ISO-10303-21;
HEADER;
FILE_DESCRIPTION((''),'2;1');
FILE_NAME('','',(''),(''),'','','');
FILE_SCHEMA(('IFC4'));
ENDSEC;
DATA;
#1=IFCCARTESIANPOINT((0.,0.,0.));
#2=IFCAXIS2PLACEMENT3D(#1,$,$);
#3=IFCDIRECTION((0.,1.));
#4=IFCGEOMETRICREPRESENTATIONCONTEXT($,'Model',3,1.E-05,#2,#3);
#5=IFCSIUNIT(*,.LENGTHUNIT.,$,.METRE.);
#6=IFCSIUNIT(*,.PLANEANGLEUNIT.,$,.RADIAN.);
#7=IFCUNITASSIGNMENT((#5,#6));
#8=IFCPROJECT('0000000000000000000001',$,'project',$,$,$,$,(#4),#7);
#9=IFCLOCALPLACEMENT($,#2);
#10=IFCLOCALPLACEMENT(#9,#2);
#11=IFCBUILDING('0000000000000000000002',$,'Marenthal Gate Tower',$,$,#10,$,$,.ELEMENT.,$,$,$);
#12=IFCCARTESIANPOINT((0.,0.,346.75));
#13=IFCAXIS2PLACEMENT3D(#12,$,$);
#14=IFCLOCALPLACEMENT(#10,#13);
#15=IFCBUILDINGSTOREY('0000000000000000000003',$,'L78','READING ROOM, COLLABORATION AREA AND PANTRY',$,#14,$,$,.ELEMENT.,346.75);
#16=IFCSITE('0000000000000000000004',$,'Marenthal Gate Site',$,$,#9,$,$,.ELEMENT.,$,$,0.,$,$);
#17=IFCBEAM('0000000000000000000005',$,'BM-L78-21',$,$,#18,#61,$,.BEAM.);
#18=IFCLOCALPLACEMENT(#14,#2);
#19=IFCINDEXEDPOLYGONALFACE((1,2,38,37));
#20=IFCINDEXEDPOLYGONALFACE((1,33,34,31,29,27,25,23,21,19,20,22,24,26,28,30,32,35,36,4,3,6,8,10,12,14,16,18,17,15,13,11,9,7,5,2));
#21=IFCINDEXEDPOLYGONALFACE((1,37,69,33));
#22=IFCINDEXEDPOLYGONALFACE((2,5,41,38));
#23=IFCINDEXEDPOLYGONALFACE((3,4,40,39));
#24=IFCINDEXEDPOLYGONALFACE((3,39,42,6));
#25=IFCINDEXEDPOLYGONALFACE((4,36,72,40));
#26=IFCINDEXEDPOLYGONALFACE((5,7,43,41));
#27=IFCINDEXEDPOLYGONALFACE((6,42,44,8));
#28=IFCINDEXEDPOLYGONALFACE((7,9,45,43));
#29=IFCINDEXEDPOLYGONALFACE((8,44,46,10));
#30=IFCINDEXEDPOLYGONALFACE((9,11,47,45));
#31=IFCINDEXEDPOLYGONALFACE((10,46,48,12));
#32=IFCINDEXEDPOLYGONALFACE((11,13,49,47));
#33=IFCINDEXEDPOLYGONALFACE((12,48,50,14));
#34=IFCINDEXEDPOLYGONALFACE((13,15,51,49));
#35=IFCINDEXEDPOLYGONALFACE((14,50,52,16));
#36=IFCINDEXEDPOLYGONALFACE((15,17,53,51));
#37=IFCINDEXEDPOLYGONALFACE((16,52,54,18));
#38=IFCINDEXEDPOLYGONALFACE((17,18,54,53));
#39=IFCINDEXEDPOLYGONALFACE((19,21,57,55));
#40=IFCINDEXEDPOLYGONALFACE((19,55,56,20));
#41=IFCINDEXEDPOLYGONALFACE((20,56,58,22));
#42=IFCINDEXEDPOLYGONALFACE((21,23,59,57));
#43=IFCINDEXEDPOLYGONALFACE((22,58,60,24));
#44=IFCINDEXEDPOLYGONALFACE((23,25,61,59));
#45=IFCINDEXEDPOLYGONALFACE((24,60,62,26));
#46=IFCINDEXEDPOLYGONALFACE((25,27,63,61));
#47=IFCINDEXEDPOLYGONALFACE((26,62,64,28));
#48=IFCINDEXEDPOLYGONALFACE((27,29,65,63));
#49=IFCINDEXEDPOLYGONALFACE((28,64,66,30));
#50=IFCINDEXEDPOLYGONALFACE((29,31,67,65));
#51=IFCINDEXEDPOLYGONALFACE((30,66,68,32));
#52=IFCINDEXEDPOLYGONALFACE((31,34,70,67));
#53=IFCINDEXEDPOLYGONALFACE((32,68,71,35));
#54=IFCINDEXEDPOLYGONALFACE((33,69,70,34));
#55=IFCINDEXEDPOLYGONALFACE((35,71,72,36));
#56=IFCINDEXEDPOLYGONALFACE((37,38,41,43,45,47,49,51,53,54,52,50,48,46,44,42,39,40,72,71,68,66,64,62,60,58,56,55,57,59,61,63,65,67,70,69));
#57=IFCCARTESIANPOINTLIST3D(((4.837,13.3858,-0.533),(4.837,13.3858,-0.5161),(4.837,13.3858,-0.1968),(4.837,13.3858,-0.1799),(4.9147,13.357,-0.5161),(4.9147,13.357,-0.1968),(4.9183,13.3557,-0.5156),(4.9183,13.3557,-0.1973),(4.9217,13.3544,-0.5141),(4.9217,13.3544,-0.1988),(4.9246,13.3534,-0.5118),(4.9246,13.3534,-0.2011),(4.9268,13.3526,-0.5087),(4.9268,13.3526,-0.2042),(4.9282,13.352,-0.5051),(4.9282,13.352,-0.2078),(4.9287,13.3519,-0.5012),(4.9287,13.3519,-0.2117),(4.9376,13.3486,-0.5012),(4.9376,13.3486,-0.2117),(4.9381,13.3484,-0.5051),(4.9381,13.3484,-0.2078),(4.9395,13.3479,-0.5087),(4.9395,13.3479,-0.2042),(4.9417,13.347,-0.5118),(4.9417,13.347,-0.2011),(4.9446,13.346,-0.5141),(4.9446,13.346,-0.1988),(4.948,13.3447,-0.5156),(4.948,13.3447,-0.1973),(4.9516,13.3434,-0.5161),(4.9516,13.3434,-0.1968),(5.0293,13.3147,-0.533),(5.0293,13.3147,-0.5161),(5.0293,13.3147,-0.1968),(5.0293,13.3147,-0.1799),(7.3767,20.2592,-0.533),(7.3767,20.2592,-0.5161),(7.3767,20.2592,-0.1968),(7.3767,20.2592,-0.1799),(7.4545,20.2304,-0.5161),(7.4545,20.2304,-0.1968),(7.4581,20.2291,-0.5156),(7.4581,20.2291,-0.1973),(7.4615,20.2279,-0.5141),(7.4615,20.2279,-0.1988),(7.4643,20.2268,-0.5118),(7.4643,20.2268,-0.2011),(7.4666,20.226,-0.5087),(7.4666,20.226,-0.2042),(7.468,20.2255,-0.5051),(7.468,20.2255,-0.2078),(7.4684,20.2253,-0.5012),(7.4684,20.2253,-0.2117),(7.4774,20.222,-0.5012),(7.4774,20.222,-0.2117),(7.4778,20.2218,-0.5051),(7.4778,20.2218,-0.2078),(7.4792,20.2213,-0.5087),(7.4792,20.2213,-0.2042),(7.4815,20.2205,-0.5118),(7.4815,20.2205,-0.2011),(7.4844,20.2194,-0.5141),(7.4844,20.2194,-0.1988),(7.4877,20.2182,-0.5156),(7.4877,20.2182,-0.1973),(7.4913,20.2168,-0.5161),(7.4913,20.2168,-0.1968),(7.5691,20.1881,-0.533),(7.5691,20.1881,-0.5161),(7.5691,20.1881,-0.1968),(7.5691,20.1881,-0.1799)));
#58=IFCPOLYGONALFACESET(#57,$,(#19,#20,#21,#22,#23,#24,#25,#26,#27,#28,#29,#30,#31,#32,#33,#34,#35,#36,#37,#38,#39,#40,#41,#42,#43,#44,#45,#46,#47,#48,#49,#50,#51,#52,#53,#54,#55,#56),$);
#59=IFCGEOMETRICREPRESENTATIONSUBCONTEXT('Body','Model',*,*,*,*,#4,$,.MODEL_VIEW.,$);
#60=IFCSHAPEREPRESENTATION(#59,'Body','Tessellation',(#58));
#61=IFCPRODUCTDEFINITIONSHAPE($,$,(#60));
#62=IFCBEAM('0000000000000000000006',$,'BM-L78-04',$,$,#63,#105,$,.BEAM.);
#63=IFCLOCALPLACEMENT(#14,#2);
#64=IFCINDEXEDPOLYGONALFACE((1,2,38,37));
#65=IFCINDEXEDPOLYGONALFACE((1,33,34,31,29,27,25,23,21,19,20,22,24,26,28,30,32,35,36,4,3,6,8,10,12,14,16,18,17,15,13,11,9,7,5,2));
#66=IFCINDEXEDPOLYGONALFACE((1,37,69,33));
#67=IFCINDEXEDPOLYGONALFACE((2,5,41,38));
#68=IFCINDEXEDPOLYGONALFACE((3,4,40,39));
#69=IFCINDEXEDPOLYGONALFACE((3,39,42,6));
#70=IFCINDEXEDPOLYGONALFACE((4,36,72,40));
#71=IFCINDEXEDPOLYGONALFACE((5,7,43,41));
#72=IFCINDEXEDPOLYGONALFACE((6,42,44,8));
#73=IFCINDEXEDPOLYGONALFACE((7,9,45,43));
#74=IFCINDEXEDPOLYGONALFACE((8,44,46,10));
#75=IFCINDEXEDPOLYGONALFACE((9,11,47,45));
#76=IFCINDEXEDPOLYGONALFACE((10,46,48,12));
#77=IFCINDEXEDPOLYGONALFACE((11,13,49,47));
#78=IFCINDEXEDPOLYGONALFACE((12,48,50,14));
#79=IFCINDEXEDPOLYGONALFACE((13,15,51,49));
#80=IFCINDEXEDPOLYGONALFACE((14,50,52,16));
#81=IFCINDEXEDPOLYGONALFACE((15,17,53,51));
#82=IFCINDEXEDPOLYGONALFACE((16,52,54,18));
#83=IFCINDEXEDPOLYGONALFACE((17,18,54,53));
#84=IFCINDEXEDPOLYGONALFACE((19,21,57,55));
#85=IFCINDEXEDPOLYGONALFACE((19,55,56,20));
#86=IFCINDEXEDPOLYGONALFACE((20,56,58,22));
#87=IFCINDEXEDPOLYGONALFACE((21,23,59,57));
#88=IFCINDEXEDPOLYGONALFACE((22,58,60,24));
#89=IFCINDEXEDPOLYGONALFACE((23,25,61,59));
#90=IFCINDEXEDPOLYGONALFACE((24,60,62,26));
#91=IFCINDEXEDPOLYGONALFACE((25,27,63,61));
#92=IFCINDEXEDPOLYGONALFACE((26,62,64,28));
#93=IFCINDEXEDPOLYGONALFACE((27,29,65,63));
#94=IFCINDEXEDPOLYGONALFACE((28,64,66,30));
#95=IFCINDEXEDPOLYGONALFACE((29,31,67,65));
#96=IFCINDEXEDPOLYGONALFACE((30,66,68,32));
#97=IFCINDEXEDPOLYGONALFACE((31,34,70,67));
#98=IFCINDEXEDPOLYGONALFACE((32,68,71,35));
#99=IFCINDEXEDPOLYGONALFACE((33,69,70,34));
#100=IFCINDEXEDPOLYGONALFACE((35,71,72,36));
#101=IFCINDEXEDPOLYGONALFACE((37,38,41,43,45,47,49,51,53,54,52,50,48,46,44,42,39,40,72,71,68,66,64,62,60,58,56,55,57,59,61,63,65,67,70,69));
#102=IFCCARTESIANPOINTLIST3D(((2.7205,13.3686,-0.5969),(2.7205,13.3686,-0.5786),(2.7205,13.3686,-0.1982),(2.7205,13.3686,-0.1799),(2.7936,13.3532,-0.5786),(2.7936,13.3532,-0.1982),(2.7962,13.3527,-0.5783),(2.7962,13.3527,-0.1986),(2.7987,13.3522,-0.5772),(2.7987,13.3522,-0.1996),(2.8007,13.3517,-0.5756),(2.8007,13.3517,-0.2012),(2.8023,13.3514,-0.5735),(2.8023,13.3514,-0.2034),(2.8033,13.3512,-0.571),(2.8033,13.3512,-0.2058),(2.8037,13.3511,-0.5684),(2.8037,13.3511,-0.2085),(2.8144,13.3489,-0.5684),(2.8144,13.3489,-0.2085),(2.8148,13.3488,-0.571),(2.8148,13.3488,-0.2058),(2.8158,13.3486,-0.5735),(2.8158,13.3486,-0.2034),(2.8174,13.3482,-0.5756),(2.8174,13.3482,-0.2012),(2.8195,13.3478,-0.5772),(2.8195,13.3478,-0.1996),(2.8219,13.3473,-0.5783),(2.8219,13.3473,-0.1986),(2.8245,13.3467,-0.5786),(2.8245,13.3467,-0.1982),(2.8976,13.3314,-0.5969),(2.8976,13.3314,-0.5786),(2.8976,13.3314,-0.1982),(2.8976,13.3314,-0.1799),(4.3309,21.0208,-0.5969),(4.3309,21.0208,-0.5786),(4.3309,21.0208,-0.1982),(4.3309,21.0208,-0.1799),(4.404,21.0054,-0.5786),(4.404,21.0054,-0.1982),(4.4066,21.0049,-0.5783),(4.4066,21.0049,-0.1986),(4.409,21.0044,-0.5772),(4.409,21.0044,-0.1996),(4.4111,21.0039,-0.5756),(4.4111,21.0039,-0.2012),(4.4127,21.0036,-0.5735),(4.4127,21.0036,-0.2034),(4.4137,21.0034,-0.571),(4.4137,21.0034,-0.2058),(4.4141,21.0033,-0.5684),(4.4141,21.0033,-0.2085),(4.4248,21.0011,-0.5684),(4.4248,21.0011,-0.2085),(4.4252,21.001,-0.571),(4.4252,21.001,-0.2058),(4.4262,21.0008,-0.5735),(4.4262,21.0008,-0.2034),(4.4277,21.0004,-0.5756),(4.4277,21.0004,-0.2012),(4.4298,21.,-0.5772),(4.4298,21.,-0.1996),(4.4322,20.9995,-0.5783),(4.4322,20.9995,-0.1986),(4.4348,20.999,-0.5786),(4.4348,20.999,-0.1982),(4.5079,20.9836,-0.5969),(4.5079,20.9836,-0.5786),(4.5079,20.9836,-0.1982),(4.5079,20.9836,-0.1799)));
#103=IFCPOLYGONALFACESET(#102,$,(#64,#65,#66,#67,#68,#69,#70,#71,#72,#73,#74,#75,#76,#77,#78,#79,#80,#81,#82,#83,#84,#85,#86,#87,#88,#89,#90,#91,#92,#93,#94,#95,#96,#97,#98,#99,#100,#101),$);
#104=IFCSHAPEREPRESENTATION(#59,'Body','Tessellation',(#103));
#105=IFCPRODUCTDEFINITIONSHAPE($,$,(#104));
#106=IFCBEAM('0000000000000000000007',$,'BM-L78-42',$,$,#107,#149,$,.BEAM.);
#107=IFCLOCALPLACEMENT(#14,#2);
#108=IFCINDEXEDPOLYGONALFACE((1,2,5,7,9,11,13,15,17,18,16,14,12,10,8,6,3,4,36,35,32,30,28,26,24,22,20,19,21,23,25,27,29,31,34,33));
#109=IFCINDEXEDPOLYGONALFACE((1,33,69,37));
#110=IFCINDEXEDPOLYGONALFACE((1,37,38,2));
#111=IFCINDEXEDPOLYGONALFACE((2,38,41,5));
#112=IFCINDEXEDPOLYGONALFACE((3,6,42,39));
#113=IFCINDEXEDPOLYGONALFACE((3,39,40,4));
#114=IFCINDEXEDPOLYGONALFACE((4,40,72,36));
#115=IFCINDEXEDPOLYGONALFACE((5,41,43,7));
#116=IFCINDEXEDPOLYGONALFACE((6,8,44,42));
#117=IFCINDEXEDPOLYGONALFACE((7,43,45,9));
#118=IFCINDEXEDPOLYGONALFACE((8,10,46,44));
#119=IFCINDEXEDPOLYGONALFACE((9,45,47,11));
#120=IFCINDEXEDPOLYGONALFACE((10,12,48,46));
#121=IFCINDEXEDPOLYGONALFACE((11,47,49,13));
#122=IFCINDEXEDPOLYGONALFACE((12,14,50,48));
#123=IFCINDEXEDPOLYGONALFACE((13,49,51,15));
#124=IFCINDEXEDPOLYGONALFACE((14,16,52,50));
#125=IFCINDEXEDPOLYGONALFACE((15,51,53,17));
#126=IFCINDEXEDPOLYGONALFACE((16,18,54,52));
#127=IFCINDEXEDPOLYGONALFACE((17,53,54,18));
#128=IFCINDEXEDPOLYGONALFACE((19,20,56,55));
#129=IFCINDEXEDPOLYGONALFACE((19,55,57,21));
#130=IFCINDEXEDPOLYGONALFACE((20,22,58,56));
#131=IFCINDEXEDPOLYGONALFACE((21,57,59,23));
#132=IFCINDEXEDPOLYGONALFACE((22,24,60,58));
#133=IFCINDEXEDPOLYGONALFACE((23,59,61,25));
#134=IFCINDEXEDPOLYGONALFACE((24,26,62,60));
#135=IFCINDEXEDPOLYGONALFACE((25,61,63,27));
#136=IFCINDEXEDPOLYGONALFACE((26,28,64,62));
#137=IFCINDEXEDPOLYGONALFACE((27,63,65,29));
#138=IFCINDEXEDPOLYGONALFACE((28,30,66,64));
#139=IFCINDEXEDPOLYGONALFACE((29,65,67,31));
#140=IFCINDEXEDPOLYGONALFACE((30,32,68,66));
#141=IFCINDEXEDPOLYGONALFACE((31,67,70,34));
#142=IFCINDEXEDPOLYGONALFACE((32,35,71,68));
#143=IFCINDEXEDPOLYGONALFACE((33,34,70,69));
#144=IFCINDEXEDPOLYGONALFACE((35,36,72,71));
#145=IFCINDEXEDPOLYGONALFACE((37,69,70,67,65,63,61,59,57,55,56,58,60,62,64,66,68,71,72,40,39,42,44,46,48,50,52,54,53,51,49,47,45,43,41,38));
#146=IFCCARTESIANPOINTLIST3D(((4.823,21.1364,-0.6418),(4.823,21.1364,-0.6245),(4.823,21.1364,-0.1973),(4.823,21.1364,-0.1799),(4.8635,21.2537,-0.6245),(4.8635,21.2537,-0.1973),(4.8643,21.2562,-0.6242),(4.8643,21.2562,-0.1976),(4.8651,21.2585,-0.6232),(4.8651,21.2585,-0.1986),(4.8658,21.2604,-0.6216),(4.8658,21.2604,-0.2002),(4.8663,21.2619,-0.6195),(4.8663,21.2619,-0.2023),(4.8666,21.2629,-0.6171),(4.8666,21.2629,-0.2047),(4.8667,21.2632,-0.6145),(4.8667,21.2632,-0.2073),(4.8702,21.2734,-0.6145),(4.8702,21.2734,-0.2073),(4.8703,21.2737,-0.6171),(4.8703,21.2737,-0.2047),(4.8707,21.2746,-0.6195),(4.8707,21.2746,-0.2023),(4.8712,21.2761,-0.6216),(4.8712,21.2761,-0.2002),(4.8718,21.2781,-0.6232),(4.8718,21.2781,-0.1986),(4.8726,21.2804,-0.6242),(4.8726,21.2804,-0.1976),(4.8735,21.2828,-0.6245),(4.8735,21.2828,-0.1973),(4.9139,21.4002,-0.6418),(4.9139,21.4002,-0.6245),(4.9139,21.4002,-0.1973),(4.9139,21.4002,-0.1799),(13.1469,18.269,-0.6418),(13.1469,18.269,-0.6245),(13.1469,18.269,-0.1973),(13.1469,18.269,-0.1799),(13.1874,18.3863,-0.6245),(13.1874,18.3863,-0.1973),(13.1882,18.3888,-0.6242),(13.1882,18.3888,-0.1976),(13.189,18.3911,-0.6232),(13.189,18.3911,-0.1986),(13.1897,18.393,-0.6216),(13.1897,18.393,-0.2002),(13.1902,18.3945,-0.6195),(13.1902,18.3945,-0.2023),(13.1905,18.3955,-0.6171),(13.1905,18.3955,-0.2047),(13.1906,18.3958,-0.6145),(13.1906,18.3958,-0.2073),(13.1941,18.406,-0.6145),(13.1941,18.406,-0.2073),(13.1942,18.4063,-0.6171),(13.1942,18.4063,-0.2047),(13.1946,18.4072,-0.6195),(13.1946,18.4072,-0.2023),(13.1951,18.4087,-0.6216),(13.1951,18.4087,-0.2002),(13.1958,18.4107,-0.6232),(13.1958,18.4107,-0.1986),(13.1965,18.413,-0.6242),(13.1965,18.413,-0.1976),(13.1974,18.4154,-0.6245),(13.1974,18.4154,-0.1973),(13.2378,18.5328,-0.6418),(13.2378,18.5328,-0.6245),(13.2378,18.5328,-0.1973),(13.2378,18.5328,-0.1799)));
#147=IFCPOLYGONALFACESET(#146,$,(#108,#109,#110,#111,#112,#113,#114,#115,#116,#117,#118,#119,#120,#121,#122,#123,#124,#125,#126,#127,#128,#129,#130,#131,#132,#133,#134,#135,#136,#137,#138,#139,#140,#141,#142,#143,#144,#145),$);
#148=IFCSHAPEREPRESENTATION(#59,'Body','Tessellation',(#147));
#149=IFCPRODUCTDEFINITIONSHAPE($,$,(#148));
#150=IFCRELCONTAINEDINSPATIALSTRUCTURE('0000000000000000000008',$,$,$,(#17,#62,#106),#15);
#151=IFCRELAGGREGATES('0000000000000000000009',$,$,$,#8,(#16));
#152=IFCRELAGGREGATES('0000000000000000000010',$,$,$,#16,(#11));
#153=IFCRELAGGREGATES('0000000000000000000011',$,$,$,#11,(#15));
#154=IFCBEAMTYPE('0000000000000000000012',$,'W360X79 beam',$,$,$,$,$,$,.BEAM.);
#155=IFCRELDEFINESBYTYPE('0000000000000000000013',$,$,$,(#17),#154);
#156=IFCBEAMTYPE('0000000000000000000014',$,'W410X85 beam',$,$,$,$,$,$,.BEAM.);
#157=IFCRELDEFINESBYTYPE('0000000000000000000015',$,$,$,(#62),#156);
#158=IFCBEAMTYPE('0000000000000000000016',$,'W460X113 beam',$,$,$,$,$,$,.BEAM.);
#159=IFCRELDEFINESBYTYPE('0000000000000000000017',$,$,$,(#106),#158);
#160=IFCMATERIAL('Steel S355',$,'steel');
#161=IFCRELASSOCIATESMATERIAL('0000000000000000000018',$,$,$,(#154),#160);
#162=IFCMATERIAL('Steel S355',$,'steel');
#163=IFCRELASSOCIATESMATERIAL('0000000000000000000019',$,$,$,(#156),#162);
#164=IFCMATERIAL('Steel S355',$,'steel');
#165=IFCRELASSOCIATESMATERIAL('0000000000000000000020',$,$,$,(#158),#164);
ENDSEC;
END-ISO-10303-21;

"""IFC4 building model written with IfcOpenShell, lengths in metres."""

from ifc_helpers import new_model, si_unit, direction, frame, origin, origin_2d, place, context, subcontext, project, spatial, i_section, extrude, material, material_profile, profile_set, type_object, element, save


model = new_model("IFC4")

# Units and contexts
model_context = context("Model", 3, precision=1e-05, world=origin(), true_north=direction((0.0, 1.0)))
body_context = subcontext(model_context, "Body", "Model", "MODEL_VIEW")
ifc_project = project(units=[si_unit("LENGTHUNIT", "METRE"), si_unit("PLANEANGLEUNIT", "RADIAN")], contexts=[model_context])

# Site, building, storey
site_placement = place(None, origin())
site = spatial("IfcSite", under=ifc_project, at=site_placement, Name="Marenthal Gate Site", CompositionType="ELEMENT", RefElevation=0.0)
building_placement = place(site_placement, origin())
building = spatial("IfcBuilding", under=site, at=building_placement, Name="Marenthal Gate Tower", CompositionType="ELEMENT")
storey_placement = place(building_placement, frame((0.0, 0.0, 346.75)))
storey = spatial("IfcBuildingStorey", under=building, at=storey_placement, Name="L78", Description="READING ROOM, COLLABORATION AREA AND PANTRY", CompositionType="ELEMENT", Elevation=346.75)

# Beams
ifc_material_1 = material(Name="Steel S355", Category="steel")
ifc_material_profile_1 = material_profile(ifc_material_1, i_section(OverallWidth=0.2051, OverallDepth=0.353, WebThickness=0.0095, FlangeThickness=0.0168, FilletRadius=0.0149, at=origin_2d()), Name="W360X79")
ifc_profile_set_1 = profile_set([ifc_material_profile_1], Name="Steel S355")
beam_type_1 = type_object("IfcBeamType", Name="W360X79 beam", PredefinedType="BEAM", material=ifc_profile_set_1)
beam_1_placement = place(storey_placement, frame((7.4729, 20.2236, -0.3564), z_axis=(-0.346599, -0.938013, 0.0), x_axis=(0.938013, -0.346599, 0.0)))
element("IfcBeam", 1, at=beam_1_placement, inside=storey, type_object=beam_type_1, Name="BM-L78-21", PredefinedType="BEAM", context=body_context, shape_type="SweptSolid", body=[
    extrude(i_section(OverallWidth=0.2051, OverallDepth=0.353, WebThickness=0.0095, FlangeThickness=0.0168, FilletRadius=0.0149, at=origin_2d()), origin(), (0.0, 0.0, 1.0), 7.3276),
])
ifc_material_2 = material(Name="Steel S355", Category="steel")
ifc_material_profile_2 = material_profile(ifc_material_2, i_section(OverallWidth=0.1809, OverallDepth=0.417, WebThickness=0.011, FlangeThickness=0.0183, FilletRadius=0.0103, at=origin_2d()), Name="W410X85")
ifc_profile_set_2 = profile_set([ifc_material_profile_2], Name="Steel S355")
beam_type_2 = type_object("IfcBeamType", Name="W410X85 beam", PredefinedType="BEAM", material=ifc_profile_set_2)
beam_2_placement = place(storey_placement, frame((4.4194, 21.0022, -0.3884), z_axis=(-0.205935, -0.978566, 0.0), x_axis=(0.978566, -0.205935, 0.0)))
element("IfcBeam", 2, at=beam_2_placement, inside=storey, type_object=beam_type_2, Name="BM-L78-04", PredefinedType="BEAM", context=body_context, shape_type="SweptSolid", body=[
    extrude(i_section(OverallWidth=0.1809, OverallDepth=0.417, WebThickness=0.011, FlangeThickness=0.0183, FilletRadius=0.0103, at=origin_2d()), origin(), (0.0, 0.0, 1.0), 7.8198),
])
ifc_material_3 = material(Name="Steel S355", Category="steel")
ifc_material_profile_3 = material_profile(ifc_material_3, i_section(OverallWidth=0.2791, OverallDepth=0.4619, WebThickness=0.0107, FlangeThickness=0.0173, FilletRadius=0.01, at=origin_2d()), Name="W460X113")
ifc_profile_set_3 = profile_set([ifc_material_profile_3], Name="Steel S355")
beam_type_3 = type_object("IfcBeamType", Name="W460X113 beam", PredefinedType="BEAM", material=ifc_profile_set_3)
beam_3_placement = place(storey_placement, frame((13.1924, 18.4009, -0.4109), z_axis=(-0.945475, 0.325696, 0.0), x_axis=(-0.325696, -0.945475, 0.0)))
element("IfcBeam", 3, at=beam_3_placement, inside=storey, type_object=beam_type_3, Name="BM-L78-42", PredefinedType="BEAM", context=body_context, shape_type="SweptSolid", body=[
    extrude(i_section(OverallWidth=0.2791, OverallDepth=0.4619, WebThickness=0.0107, FlangeThickness=0.0173, FilletRadius=0.01, at=origin_2d()), origin(), (0.0, 0.0, 1.0), 8.804),
])

save(model, "model.ifc")
